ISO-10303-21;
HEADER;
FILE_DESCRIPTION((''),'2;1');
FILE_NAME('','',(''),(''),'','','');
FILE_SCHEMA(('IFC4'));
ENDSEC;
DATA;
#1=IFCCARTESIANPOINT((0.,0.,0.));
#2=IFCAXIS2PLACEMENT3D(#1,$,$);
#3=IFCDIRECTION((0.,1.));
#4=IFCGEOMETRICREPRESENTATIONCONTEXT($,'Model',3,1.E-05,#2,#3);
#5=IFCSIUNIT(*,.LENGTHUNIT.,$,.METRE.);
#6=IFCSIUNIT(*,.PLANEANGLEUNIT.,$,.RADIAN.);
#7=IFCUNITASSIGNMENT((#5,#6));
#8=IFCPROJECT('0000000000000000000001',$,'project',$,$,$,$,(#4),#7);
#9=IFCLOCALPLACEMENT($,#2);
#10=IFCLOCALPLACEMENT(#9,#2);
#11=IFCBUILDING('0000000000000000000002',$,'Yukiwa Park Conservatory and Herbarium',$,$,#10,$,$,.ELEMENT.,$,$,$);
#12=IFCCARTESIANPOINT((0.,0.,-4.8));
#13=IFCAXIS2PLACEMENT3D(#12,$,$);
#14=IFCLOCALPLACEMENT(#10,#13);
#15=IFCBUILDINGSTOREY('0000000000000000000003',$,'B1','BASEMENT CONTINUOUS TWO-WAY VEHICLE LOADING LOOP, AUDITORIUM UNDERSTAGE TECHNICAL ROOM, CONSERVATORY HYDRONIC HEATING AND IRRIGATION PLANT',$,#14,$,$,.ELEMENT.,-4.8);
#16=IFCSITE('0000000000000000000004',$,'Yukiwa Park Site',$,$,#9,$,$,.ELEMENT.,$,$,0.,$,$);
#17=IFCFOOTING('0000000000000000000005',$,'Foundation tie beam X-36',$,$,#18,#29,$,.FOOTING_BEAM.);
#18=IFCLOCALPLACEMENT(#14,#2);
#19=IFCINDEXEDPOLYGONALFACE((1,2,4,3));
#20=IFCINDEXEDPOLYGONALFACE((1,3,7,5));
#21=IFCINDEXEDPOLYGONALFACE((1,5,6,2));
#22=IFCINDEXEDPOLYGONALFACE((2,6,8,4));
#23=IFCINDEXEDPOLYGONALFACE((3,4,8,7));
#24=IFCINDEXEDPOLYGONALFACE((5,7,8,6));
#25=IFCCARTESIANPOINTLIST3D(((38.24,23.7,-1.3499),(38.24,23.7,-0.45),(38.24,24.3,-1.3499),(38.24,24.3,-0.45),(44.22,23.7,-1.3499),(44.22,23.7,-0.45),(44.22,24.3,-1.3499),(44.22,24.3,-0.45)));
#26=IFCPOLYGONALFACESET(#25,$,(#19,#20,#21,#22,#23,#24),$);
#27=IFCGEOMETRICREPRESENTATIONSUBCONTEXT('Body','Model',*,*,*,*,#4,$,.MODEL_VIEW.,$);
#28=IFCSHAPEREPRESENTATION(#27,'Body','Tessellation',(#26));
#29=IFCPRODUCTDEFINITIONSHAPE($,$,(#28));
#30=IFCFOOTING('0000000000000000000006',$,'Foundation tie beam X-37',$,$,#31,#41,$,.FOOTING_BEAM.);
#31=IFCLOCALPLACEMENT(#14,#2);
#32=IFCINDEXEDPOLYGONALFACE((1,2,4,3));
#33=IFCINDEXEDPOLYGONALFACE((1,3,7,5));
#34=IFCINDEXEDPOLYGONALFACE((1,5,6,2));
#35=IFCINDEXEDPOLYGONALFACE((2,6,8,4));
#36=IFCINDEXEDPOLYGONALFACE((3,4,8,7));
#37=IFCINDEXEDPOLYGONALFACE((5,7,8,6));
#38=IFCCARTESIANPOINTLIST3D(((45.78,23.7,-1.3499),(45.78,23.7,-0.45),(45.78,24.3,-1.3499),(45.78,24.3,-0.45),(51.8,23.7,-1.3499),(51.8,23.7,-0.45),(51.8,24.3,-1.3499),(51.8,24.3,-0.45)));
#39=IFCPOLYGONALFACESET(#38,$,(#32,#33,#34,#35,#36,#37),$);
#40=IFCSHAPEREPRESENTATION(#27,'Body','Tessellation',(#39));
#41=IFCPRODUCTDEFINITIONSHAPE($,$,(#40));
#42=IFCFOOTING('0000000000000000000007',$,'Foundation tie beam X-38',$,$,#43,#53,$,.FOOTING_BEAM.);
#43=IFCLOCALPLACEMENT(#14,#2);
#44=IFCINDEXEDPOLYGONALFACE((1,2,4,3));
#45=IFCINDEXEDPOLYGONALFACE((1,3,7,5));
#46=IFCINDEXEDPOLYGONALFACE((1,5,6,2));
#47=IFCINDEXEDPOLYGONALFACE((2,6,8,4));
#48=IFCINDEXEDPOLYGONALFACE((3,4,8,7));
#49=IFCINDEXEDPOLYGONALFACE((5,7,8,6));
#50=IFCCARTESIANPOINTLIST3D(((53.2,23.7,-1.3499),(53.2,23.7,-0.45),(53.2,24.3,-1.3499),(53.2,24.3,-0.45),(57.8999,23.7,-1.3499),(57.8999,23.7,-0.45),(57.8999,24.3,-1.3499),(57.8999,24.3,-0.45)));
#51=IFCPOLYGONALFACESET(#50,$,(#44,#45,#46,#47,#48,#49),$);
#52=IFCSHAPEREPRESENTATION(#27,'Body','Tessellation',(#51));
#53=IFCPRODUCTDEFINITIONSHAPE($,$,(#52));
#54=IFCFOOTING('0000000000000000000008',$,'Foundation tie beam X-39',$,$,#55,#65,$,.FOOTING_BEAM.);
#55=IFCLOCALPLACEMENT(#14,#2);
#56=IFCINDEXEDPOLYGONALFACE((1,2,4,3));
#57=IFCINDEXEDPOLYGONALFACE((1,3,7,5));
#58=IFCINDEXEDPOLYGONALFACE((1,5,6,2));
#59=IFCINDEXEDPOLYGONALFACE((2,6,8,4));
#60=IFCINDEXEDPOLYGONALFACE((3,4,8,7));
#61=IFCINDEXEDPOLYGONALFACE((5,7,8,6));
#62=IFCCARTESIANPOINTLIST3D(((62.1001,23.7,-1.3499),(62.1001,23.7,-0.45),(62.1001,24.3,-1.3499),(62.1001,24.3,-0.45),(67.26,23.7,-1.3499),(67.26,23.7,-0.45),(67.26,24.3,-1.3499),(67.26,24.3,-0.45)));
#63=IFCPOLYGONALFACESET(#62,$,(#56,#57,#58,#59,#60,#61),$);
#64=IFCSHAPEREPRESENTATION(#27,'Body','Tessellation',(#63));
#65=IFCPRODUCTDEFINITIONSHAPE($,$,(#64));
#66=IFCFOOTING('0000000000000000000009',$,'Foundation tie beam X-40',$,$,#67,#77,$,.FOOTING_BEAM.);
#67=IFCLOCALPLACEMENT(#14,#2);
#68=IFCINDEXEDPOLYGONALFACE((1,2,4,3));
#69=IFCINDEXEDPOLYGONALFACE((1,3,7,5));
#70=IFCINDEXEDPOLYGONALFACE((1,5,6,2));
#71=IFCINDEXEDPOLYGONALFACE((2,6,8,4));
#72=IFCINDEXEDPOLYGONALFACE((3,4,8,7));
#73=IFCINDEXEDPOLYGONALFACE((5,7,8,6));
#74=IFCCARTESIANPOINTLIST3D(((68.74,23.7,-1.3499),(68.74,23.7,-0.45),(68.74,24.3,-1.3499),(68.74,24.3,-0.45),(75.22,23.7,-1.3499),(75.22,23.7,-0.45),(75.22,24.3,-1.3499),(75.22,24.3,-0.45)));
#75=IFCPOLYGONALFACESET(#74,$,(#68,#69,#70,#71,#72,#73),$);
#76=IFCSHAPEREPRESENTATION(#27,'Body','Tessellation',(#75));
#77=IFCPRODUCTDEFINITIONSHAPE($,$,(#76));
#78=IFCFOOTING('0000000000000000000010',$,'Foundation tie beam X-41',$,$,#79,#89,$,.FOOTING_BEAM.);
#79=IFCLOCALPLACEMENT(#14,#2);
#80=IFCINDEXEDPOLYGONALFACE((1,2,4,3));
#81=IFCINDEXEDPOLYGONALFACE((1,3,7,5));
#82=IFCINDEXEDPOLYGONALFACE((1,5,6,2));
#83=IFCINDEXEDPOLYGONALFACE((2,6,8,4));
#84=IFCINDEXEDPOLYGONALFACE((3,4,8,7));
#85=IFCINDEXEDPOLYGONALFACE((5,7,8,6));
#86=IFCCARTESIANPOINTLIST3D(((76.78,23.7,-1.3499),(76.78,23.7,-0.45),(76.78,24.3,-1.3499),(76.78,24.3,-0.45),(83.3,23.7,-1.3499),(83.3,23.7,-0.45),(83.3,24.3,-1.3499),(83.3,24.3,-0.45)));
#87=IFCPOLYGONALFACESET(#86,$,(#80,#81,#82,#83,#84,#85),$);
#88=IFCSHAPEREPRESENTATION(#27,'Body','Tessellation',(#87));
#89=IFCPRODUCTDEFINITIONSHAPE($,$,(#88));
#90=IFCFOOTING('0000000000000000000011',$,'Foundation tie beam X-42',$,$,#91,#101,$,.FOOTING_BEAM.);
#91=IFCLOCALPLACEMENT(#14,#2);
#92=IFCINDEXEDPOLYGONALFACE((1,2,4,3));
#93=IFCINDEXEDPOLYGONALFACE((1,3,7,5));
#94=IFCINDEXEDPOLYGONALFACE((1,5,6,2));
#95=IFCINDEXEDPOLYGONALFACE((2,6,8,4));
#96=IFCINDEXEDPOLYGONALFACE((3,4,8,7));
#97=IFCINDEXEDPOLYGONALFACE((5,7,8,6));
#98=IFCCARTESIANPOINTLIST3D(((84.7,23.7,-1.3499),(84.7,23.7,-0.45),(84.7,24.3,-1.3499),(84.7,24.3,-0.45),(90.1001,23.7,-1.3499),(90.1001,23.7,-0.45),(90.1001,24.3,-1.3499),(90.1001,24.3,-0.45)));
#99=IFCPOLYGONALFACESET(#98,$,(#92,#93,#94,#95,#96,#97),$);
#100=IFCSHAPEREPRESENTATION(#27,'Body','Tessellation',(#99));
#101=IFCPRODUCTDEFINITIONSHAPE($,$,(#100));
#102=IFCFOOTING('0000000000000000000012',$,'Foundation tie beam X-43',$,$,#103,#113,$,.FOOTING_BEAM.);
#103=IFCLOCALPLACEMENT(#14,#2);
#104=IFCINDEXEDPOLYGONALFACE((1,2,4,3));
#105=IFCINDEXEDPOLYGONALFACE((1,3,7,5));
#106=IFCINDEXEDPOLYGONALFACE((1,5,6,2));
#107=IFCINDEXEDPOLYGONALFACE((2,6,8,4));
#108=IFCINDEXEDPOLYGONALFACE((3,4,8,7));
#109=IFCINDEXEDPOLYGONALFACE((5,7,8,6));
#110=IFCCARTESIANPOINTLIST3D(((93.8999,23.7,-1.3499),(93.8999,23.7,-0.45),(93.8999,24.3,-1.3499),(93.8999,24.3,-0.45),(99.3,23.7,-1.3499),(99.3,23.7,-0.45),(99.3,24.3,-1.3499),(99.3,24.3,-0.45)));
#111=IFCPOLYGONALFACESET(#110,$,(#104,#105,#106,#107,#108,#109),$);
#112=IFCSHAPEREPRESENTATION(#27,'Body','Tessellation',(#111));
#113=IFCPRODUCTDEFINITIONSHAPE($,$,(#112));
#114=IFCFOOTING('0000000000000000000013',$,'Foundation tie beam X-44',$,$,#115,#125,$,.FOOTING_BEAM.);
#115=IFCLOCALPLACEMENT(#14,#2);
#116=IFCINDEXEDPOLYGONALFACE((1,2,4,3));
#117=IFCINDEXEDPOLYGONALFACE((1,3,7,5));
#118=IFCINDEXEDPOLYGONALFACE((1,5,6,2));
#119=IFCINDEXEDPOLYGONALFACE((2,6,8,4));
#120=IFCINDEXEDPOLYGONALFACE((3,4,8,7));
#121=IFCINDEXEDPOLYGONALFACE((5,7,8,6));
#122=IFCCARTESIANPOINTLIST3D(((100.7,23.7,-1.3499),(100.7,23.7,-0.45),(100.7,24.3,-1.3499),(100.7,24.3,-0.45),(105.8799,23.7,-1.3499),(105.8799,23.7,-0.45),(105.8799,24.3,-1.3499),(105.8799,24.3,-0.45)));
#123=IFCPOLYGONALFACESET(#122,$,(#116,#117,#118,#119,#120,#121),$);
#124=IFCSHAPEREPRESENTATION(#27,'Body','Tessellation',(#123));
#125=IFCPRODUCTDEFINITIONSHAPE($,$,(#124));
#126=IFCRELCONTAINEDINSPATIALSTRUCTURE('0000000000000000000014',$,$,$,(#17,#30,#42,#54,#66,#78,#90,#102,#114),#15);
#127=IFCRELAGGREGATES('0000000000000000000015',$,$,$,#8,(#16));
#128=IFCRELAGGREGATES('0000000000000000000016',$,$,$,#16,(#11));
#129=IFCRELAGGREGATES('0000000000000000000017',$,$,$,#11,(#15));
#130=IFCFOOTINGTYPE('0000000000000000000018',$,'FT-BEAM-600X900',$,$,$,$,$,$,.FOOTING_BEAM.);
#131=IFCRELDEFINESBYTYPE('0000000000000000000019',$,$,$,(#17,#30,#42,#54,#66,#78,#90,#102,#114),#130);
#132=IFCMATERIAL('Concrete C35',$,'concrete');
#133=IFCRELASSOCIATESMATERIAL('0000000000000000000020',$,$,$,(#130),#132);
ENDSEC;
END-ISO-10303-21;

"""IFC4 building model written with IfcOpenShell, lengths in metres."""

from ifc_helpers import new_model, si_unit, direction, frame, origin, place, context, subcontext, project, spatial, polyline, outline, extrude, material, type_object, element, save


model = new_model("IFC4")

# Units and contexts
model_context = context("Model", 3, precision=1e-05, world=origin(), true_north=direction((0.0, 1.0)))
body_context = subcontext(model_context, "Body", "Model", "MODEL_VIEW")
ifc_project = project(units=[si_unit("LENGTHUNIT", "METRE"), si_unit("PLANEANGLEUNIT", "RADIAN")], contexts=[model_context])

# Site, building, storey
site_placement = place(None, origin())
site = spatial("IfcSite", under=ifc_project, at=site_placement, Name="Yukiwa Park Site", CompositionType="ELEMENT", RefElevation=0.0)
building_placement = place(site_placement, origin())
building = spatial("IfcBuilding", under=site, at=building_placement, Name="Yukiwa Park Conservatory and Herbarium", CompositionType="ELEMENT")
storey_placement = place(building_placement, frame((0.0, 0.0, -4.8)))
storey = spatial("IfcBuildingStorey", under=building, at=storey_placement, Name="B1", Description="BASEMENT CONTINUOUS TWO-WAY VEHICLE LOADING LOOP, AUDITORIUM UNDERSTAGE TECHNICAL ROOM, CONSERVATORY HYDRONIC HEATING AND IRRIGATION PLANT", CompositionType="ELEMENT", Elevation=-4.8)

# Footings
ifc_material = material(Name="Concrete C35", Category="concrete")
footing_type = type_object("IfcFootingType", Name="FT-BEAM-600X900", PredefinedType="FOOTING_BEAM", material=ifc_material)
footing_1_placement = place(storey_placement, frame((0.0, 0.0, -1.3499)))
element("IfcFooting", 1, at=footing_1_placement, inside=storey, type_object=footing_type, Name="Foundation tie beam X-36", PredefinedType="FOOTING_BEAM", context=body_context, shape_type="SweptSolid", body=[
    extrude(outline(polyline([(38.24, 23.7), (44.22, 23.7), (44.22, 24.3), (38.24, 24.3), (38.24, 23.7)])), origin(), (0.0, 0.0, 1.0), 0.8999),
])
footing_2_placement = place(storey_placement, frame((0.0, 0.0, -1.3499)))
element("IfcFooting", 2, at=footing_2_placement, inside=storey, type_object=footing_type, Name="Foundation tie beam X-37", PredefinedType="FOOTING_BEAM", context=body_context, shape_type="SweptSolid", body=[
    extrude(outline(polyline([(45.78, 23.7), (51.8, 23.7), (51.8, 24.3), (45.78, 24.3), (45.78, 23.7)])), origin(), (0.0, 0.0, 1.0), 0.8999),
])
footing_3_placement = place(storey_placement, frame((0.0, 0.0, -1.3499)))
element("IfcFooting", 3, at=footing_3_placement, inside=storey, type_object=footing_type, Name="Foundation tie beam X-38", PredefinedType="FOOTING_BEAM", context=body_context, shape_type="SweptSolid", body=[
    extrude(outline(polyline([(53.2, 23.7), (57.8999, 23.7), (57.8999, 24.3), (53.2, 24.3), (53.2, 23.7)])), origin(), (0.0, 0.0, 1.0), 0.8999),
])
footing_4_placement = place(storey_placement, frame((0.0, 0.0, -1.3499)))
element("IfcFooting", 4, at=footing_4_placement, inside=storey, type_object=footing_type, Name="Foundation tie beam X-39", PredefinedType="FOOTING_BEAM", context=body_context, shape_type="SweptSolid", body=[
    extrude(outline(polyline([(62.1001, 23.7), (67.26, 23.7), (67.26, 24.3), (62.1001, 24.3), (62.1001, 23.7)])), origin(), (0.0, 0.0, 1.0), 0.8999),
])
footing_5_placement = place(storey_placement, frame((0.0, 0.0, -1.3499)))
element("IfcFooting", 5, at=footing_5_placement, inside=storey, type_object=footing_type, Name="Foundation tie beam X-40", PredefinedType="FOOTING_BEAM", context=body_context, shape_type="SweptSolid", body=[
    extrude(outline(polyline([(68.74, 23.7), (75.22, 23.7), (75.22, 24.3), (68.74, 24.3), (68.74, 23.7)])), origin(), (0.0, 0.0, 1.0), 0.8999),
])
footing_6_placement = place(storey_placement, frame((0.0, 0.0, -1.3499)))
element("IfcFooting", 6, at=footing_6_placement, inside=storey, type_object=footing_type, Name="Foundation tie beam X-41", PredefinedType="FOOTING_BEAM", context=body_context, shape_type="SweptSolid", body=[
    extrude(outline(polyline([(76.78, 23.7), (83.3, 23.7), (83.3, 24.3), (76.78, 24.3), (76.78, 23.7)])), origin(), (0.0, 0.0, 1.0), 0.8999),
])
footing_7_placement = place(storey_placement, frame((0.0, 0.0, -1.3499)))
element("IfcFooting", 7, at=footing_7_placement, inside=storey, type_object=footing_type, Name="Foundation tie beam X-42", PredefinedType="FOOTING_BEAM", context=body_context, shape_type="SweptSolid", body=[
    extrude(outline(polyline([(84.7, 23.7), (90.1001, 23.7), (90.1001, 24.3), (84.7, 24.3), (84.7, 23.7)])), origin(), (0.0, 0.0, 1.0), 0.8999),
])
footing_8_placement = place(storey_placement, frame((0.0, 0.0, -1.3499)))
element("IfcFooting", 8, at=footing_8_placement, inside=storey, type_object=footing_type, Name="Foundation tie beam X-43", PredefinedType="FOOTING_BEAM", context=body_context, shape_type="SweptSolid", body=[
    extrude(outline(polyline([(93.8999, 23.7), (99.3, 23.7), (99.3, 24.3), (93.8999, 24.3), (93.8999, 23.7)])), origin(), (0.0, 0.0, 1.0), 0.8999),
])
footing_9_placement = place(storey_placement, frame((0.0, 0.0, -1.3499)))
element("IfcFooting", 9, at=footing_9_placement, inside=storey, type_object=footing_type, Name="Foundation tie beam X-44", PredefinedType="FOOTING_BEAM", context=body_context, shape_type="SweptSolid", body=[
    extrude(outline(polyline([(100.7, 23.7), (105.8799, 23.7), (105.8799, 24.3), (100.7, 24.3), (100.7, 23.7)])), origin(), (0.0, 0.0, 1.0), 0.8999),
])

save(model, "model.ifc")
